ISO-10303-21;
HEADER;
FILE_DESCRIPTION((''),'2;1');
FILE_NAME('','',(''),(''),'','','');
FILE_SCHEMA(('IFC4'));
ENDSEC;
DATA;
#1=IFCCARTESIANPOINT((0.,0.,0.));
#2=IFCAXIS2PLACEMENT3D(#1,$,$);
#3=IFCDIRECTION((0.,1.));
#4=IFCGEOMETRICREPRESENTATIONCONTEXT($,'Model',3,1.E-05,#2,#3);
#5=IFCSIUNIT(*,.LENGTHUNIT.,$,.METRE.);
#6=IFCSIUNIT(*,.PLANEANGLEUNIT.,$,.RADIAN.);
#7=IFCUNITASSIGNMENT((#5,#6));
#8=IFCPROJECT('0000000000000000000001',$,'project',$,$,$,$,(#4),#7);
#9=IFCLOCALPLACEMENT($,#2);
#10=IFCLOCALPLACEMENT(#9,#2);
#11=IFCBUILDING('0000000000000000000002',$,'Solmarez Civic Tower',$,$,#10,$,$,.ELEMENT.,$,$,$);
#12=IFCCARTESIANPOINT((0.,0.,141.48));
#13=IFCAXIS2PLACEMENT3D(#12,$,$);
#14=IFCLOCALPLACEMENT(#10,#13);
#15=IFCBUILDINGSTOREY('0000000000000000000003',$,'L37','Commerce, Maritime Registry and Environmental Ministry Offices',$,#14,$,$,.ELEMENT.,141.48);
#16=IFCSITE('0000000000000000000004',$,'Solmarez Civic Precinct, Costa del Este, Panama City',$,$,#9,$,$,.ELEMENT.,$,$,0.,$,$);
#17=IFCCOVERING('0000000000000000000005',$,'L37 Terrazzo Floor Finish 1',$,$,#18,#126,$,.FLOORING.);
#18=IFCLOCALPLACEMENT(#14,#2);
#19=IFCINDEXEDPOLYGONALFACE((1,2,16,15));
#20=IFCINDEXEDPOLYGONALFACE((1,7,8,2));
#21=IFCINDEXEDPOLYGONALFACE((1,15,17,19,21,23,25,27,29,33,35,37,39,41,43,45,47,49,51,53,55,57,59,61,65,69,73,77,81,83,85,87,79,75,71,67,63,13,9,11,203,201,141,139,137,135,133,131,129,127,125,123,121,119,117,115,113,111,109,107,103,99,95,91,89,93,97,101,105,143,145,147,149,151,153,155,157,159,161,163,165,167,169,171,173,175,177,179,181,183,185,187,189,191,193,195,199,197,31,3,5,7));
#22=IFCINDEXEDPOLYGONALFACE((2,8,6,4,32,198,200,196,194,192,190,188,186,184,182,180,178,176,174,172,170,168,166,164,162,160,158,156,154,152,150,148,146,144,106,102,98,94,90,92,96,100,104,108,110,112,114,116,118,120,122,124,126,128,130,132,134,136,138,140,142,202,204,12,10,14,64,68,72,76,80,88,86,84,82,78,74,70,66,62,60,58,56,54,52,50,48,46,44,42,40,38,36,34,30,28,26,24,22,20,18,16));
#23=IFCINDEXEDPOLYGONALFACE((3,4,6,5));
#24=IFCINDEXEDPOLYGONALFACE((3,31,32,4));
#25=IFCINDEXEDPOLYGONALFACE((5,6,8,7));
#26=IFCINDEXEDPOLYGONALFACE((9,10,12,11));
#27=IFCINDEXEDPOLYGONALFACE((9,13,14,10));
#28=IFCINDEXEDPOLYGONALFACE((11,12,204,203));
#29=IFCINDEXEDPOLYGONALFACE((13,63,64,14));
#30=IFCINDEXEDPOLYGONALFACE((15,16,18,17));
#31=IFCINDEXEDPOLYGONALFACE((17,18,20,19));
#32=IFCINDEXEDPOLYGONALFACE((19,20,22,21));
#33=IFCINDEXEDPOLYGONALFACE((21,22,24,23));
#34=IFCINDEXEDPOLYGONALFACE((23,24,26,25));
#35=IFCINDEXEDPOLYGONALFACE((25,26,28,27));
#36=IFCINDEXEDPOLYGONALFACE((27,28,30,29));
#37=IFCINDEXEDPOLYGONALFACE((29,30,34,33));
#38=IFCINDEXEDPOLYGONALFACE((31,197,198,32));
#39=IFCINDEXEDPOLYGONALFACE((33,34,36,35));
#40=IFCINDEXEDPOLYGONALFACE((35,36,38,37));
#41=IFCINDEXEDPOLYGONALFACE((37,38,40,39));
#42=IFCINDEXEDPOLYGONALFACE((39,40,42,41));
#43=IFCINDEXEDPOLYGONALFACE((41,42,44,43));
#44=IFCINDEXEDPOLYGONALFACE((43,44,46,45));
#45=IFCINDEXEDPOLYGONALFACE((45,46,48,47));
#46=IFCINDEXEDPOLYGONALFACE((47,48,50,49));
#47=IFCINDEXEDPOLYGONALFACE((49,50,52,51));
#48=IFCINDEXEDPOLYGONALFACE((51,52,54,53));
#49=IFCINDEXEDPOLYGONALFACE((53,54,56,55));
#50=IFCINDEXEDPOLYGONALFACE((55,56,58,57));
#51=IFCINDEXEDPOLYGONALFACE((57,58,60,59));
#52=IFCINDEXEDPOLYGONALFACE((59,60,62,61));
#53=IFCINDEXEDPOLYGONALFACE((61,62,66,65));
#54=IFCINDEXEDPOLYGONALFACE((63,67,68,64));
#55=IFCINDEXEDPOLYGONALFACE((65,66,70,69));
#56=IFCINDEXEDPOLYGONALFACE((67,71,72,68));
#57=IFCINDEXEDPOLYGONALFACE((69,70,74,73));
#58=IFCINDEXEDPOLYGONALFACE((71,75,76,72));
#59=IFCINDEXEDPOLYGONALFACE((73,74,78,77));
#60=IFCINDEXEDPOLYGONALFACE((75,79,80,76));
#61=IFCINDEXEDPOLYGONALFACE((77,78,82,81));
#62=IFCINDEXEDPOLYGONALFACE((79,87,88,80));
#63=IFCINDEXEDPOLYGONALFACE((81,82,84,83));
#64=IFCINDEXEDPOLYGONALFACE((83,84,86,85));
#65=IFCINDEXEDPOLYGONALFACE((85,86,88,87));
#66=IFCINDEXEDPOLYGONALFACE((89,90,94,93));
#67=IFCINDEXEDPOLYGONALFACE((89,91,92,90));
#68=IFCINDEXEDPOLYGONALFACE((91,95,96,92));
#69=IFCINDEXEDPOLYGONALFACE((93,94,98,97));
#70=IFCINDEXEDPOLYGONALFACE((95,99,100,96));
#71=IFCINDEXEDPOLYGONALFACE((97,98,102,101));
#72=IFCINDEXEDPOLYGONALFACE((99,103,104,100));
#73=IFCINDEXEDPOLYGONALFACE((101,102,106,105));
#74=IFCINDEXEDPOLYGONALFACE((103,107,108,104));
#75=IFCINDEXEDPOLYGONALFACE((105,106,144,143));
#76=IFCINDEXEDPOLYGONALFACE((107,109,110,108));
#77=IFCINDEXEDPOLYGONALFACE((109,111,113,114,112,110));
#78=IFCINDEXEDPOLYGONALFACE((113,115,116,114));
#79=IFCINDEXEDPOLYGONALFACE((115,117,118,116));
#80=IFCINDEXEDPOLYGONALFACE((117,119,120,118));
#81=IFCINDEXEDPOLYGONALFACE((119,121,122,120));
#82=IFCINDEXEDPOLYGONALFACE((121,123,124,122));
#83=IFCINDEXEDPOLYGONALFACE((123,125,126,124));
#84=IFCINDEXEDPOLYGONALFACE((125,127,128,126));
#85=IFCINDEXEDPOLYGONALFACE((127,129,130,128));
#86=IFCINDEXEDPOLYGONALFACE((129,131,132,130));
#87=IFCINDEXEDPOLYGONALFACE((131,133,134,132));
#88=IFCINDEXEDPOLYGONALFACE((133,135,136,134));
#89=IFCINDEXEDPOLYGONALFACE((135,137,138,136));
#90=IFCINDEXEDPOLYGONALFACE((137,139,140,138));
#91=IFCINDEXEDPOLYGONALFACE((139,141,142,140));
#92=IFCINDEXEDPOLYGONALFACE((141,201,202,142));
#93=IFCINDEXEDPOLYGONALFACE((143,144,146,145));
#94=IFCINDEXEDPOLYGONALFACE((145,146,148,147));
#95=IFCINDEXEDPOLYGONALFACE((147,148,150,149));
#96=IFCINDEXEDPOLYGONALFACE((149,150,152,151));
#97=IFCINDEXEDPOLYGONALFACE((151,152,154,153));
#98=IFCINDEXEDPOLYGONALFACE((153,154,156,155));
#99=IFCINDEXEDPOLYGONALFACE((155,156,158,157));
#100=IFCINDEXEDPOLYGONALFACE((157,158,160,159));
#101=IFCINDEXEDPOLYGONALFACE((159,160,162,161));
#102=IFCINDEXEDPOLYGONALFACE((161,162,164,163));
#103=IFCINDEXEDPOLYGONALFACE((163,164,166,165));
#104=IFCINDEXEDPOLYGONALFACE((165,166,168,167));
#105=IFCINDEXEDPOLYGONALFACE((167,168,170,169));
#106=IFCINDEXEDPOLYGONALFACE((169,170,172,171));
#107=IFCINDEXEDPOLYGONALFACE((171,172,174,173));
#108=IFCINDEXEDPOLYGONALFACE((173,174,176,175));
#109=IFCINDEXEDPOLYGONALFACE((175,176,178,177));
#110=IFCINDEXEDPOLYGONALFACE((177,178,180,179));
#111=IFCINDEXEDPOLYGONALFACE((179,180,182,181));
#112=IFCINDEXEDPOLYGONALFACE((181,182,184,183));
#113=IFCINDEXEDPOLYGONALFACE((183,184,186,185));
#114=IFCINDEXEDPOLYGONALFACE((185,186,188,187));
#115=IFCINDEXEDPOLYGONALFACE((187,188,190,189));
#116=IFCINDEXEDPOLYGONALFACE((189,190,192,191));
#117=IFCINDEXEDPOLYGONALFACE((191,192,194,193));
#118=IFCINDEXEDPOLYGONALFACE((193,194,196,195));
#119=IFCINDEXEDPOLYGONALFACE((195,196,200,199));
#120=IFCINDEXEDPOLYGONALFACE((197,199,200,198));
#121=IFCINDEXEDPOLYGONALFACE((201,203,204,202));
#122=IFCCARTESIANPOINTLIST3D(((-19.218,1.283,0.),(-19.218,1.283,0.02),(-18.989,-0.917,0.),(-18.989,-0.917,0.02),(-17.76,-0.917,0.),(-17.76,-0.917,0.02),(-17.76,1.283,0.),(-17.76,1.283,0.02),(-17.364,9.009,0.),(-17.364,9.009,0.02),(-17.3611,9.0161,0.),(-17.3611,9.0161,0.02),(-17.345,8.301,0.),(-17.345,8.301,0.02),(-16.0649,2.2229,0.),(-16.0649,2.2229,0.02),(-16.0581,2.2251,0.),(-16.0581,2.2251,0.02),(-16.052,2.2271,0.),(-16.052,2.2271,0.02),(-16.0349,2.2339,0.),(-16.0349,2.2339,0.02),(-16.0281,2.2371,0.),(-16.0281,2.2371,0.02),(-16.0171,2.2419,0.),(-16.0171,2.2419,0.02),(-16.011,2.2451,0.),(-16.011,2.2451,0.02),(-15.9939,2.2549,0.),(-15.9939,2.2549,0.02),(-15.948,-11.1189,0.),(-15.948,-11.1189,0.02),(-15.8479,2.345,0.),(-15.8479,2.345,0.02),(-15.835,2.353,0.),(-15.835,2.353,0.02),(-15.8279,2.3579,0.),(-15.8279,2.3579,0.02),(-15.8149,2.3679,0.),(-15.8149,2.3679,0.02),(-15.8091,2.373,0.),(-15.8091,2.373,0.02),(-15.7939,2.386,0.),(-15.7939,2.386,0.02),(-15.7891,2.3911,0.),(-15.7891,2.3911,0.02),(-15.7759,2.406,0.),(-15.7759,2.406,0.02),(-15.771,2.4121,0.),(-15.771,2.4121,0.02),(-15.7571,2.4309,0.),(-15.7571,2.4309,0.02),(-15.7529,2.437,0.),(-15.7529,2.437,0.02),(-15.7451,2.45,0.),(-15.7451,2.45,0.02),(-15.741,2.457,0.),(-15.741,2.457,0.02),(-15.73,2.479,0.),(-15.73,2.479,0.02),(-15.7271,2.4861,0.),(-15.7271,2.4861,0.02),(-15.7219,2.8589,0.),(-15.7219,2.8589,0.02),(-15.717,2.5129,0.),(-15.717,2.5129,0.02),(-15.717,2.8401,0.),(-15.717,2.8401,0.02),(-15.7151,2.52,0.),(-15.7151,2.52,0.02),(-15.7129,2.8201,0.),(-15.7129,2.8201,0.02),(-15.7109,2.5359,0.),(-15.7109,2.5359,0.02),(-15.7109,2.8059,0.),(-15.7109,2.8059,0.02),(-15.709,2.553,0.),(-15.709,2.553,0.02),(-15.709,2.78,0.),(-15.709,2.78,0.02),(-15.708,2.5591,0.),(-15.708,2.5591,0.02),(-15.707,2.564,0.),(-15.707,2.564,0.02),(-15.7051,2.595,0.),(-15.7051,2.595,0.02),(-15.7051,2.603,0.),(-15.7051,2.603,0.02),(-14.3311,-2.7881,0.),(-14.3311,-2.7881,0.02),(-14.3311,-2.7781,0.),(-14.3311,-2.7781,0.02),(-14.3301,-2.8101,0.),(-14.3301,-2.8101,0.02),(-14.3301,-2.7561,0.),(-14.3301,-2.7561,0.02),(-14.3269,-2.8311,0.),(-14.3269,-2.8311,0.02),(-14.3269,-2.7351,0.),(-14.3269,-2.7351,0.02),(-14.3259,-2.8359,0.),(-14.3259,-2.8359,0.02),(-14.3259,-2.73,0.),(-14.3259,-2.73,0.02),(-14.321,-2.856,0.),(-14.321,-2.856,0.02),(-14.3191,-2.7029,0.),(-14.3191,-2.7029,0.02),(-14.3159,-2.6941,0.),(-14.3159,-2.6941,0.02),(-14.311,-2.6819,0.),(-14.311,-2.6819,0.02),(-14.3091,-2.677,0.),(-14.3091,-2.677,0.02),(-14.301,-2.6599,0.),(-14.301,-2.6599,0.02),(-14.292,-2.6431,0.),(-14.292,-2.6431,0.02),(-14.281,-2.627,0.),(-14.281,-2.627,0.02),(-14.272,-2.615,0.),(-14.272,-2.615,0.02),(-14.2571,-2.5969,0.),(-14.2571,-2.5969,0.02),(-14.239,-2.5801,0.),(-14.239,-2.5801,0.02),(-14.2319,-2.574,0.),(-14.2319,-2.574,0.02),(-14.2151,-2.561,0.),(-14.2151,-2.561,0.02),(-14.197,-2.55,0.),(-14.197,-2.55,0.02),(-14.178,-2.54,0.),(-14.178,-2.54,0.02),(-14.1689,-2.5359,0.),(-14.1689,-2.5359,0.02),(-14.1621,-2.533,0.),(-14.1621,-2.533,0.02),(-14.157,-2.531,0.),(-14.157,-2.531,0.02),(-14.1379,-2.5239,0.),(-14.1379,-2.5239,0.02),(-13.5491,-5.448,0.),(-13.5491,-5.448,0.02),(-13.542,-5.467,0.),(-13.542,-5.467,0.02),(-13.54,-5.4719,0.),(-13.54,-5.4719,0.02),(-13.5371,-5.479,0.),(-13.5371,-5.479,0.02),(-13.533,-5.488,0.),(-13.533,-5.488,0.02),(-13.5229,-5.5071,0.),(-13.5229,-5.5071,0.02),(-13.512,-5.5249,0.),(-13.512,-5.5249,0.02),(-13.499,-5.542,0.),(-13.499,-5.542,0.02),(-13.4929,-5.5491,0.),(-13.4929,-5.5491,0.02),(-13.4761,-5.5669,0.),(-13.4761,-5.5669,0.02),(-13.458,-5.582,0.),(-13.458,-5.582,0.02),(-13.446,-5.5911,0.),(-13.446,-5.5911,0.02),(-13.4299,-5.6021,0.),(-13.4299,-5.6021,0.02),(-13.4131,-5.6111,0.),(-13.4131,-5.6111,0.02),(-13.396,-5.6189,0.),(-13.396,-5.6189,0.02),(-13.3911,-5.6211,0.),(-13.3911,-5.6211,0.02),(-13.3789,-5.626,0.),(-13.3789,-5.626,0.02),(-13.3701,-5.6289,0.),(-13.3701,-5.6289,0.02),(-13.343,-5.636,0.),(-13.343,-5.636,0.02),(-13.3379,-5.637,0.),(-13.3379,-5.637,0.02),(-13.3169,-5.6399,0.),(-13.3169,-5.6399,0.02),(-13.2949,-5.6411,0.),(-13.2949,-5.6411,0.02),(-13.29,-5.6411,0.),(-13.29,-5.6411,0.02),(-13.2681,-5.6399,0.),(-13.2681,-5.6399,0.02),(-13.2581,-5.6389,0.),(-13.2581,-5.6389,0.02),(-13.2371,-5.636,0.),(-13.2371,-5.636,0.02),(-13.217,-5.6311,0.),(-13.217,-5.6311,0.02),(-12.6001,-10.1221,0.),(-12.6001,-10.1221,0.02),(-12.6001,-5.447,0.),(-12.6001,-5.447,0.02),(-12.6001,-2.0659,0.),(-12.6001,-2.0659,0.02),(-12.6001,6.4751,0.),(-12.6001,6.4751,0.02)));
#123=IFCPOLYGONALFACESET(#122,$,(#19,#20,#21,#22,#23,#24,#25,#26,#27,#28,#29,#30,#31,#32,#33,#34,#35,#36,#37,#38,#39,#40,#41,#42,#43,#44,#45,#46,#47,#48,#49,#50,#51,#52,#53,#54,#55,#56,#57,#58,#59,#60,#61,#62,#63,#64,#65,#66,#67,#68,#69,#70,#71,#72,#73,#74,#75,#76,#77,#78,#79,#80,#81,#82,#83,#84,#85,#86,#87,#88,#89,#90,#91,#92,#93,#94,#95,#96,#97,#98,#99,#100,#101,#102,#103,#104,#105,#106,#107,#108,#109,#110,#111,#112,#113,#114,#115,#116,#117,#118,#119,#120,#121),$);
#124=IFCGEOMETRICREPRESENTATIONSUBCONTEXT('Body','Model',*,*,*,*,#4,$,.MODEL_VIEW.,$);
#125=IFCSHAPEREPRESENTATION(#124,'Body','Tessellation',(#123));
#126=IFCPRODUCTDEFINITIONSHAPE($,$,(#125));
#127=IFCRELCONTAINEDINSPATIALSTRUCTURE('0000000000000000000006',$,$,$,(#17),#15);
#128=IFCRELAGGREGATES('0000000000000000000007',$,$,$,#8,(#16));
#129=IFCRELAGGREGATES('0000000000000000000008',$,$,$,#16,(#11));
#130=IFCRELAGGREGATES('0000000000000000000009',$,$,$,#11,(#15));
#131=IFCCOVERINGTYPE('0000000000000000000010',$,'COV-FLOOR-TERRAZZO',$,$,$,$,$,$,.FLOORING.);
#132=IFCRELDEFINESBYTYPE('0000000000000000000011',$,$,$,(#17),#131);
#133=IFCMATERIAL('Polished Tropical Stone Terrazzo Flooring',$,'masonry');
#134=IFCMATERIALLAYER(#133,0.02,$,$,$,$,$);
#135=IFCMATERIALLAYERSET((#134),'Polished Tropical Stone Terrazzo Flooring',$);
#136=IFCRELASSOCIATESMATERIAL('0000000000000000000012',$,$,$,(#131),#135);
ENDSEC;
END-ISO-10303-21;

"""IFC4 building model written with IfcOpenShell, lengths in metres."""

from ifc_helpers import new_model, si_unit, direction, frame, origin, place, context, subcontext, project, spatial, polyline, outline, extrude, material, layer, layer_set, type_object, element, save


model = new_model("IFC4")

# Units and contexts
model_context = context("Model", 3, precision=1e-05, world=origin(), true_north=direction((0.0, 1.0)))
body_context = subcontext(model_context, "Body", "Model", "MODEL_VIEW")
ifc_project = project(units=[si_unit("LENGTHUNIT", "METRE"), si_unit("PLANEANGLEUNIT", "RADIAN")], contexts=[model_context])

# Site, building, storey
site_placement = place(None, origin())
site = spatial("IfcSite", under=ifc_project, at=site_placement, Name="Solmarez Civic Precinct, Costa del Este, Panama City", CompositionType="ELEMENT", RefElevation=0.0)
building_placement = place(site_placement, origin())
building = spatial("IfcBuilding", under=site, at=building_placement, Name="Solmarez Civic Tower", CompositionType="ELEMENT")
storey_placement = place(building_placement, frame((0.0, 0.0, 141.48)))
storey = spatial("IfcBuildingStorey", under=building, at=storey_placement, Name="L37", Description="Commerce, Maritime Registry and Environmental Ministry Offices", CompositionType="ELEMENT", Elevation=141.48)

# Covering
ifc_material_1 = material(Name="Polished Tropical Stone Terrazzo Flooring", Category="masonry")
ifc_layer_1 = layer(ifc_material_1, 0.02)
ifc_layer_set_1 = layer_set([ifc_layer_1], Name="Polished Tropical Stone Terrazzo Flooring")
covering_type_1 = type_object("IfcCoveringType", Name="COV-FLOOR-TERRAZZO", PredefinedType="FLOORING", material=ifc_layer_set_1)
covering_1_placement = place(storey_placement, origin())
element("IfcCovering", 1, at=covering_1_placement, inside=storey, type_object=covering_type_1, Name="L37 Terrazzo Floor Finish 1", PredefinedType="FLOORING", context=body_context, shape_type="SweptSolid", body=[
    extrude(outline(polyline([(-15.948, -11.1189), (-12.6001, -10.1221), (-12.6001, -5.447), (-13.217, -5.6311), (-13.2371, -5.636), (-13.2581, -5.6389), (-13.2681, -5.6399), (-13.29, -5.6411), (-13.2949, -5.6411), (-13.3169, -5.6399), (-13.3379, -5.637), (-13.343, -5.636), (-13.3701, -5.6289), (-13.3789, -5.626), (-13.3911, -5.6211), (-13.396, -5.6189), (-13.4131, -5.6111), (-13.4299, -5.6021), (-13.446, -5.5911), (-13.458, -5.582), (-13.4761, -5.5669), (-13.4929, -5.5491), (-13.499, -5.542), (-13.512, -5.5249), (-13.5229, -5.5071), (-13.533, -5.488), (-13.5371, -5.479), (-13.54, -5.4719), (-13.542, -5.467), (-13.5491, -5.448), (-14.321, -2.856), (-14.3259, -2.8359), (-14.3269, -2.8311), (-14.3301, -2.8101), (-14.3311, -2.7881), (-14.3311, -2.7781), (-14.3301, -2.7561), (-14.3269, -2.7351), (-14.3259, -2.73), (-14.3191, -2.7029), (-14.3159, -2.6941), (-14.311, -2.6819), (-14.3091, -2.677), (-14.301, -2.6599), (-14.292, -2.6431), (-14.281, -2.627), (-14.272, -2.615), (-14.2571, -2.5969), (-14.239, -2.5801), (-14.2319, -2.574), (-14.2151, -2.561), (-14.197, -2.55), (-14.178, -2.54), (-14.1689, -2.5359), (-14.1621, -2.533), (-14.157, -2.531), (-14.1379, -2.5239), (-12.6001, -2.0659), (-12.6001, 6.4751), (-17.3611, 9.0161), (-17.364, 9.009), (-17.345, 8.301), (-15.7219, 2.8589), (-15.717, 2.8401), (-15.7129, 2.8201), (-15.7109, 2.8059), (-15.709, 2.78), (-15.7051, 2.603), (-15.7051, 2.595), (-15.707, 2.564), (-15.708, 2.5591), (-15.709, 2.553), (-15.7109, 2.5359), (-15.7151, 2.52), (-15.717, 2.5129), (-15.7271, 2.4861), (-15.73, 2.479), (-15.741, 2.457), (-15.7451, 2.45), (-15.7529, 2.437), (-15.7571, 2.4309), (-15.771, 2.4121), (-15.7759, 2.406), (-15.7891, 2.3911), (-15.7939, 2.386), (-15.8091, 2.373), (-15.8149, 2.3679), (-15.8279, 2.3579), (-15.835, 2.353), (-15.8479, 2.345), (-15.9939, 2.2549), (-16.011, 2.2451), (-16.0171, 2.2419), (-16.0281, 2.2371), (-16.0349, 2.2339), (-16.052, 2.2271), (-16.0581, 2.2251), (-16.0649, 2.2229), (-19.218, 1.283), (-17.76, 1.283), (-17.76, -0.917), (-18.989, -0.917), (-15.948, -11.1189)])), origin(), (0.0, 0.0, 1.0), 0.02),
])

save(model, "model.ifc")
